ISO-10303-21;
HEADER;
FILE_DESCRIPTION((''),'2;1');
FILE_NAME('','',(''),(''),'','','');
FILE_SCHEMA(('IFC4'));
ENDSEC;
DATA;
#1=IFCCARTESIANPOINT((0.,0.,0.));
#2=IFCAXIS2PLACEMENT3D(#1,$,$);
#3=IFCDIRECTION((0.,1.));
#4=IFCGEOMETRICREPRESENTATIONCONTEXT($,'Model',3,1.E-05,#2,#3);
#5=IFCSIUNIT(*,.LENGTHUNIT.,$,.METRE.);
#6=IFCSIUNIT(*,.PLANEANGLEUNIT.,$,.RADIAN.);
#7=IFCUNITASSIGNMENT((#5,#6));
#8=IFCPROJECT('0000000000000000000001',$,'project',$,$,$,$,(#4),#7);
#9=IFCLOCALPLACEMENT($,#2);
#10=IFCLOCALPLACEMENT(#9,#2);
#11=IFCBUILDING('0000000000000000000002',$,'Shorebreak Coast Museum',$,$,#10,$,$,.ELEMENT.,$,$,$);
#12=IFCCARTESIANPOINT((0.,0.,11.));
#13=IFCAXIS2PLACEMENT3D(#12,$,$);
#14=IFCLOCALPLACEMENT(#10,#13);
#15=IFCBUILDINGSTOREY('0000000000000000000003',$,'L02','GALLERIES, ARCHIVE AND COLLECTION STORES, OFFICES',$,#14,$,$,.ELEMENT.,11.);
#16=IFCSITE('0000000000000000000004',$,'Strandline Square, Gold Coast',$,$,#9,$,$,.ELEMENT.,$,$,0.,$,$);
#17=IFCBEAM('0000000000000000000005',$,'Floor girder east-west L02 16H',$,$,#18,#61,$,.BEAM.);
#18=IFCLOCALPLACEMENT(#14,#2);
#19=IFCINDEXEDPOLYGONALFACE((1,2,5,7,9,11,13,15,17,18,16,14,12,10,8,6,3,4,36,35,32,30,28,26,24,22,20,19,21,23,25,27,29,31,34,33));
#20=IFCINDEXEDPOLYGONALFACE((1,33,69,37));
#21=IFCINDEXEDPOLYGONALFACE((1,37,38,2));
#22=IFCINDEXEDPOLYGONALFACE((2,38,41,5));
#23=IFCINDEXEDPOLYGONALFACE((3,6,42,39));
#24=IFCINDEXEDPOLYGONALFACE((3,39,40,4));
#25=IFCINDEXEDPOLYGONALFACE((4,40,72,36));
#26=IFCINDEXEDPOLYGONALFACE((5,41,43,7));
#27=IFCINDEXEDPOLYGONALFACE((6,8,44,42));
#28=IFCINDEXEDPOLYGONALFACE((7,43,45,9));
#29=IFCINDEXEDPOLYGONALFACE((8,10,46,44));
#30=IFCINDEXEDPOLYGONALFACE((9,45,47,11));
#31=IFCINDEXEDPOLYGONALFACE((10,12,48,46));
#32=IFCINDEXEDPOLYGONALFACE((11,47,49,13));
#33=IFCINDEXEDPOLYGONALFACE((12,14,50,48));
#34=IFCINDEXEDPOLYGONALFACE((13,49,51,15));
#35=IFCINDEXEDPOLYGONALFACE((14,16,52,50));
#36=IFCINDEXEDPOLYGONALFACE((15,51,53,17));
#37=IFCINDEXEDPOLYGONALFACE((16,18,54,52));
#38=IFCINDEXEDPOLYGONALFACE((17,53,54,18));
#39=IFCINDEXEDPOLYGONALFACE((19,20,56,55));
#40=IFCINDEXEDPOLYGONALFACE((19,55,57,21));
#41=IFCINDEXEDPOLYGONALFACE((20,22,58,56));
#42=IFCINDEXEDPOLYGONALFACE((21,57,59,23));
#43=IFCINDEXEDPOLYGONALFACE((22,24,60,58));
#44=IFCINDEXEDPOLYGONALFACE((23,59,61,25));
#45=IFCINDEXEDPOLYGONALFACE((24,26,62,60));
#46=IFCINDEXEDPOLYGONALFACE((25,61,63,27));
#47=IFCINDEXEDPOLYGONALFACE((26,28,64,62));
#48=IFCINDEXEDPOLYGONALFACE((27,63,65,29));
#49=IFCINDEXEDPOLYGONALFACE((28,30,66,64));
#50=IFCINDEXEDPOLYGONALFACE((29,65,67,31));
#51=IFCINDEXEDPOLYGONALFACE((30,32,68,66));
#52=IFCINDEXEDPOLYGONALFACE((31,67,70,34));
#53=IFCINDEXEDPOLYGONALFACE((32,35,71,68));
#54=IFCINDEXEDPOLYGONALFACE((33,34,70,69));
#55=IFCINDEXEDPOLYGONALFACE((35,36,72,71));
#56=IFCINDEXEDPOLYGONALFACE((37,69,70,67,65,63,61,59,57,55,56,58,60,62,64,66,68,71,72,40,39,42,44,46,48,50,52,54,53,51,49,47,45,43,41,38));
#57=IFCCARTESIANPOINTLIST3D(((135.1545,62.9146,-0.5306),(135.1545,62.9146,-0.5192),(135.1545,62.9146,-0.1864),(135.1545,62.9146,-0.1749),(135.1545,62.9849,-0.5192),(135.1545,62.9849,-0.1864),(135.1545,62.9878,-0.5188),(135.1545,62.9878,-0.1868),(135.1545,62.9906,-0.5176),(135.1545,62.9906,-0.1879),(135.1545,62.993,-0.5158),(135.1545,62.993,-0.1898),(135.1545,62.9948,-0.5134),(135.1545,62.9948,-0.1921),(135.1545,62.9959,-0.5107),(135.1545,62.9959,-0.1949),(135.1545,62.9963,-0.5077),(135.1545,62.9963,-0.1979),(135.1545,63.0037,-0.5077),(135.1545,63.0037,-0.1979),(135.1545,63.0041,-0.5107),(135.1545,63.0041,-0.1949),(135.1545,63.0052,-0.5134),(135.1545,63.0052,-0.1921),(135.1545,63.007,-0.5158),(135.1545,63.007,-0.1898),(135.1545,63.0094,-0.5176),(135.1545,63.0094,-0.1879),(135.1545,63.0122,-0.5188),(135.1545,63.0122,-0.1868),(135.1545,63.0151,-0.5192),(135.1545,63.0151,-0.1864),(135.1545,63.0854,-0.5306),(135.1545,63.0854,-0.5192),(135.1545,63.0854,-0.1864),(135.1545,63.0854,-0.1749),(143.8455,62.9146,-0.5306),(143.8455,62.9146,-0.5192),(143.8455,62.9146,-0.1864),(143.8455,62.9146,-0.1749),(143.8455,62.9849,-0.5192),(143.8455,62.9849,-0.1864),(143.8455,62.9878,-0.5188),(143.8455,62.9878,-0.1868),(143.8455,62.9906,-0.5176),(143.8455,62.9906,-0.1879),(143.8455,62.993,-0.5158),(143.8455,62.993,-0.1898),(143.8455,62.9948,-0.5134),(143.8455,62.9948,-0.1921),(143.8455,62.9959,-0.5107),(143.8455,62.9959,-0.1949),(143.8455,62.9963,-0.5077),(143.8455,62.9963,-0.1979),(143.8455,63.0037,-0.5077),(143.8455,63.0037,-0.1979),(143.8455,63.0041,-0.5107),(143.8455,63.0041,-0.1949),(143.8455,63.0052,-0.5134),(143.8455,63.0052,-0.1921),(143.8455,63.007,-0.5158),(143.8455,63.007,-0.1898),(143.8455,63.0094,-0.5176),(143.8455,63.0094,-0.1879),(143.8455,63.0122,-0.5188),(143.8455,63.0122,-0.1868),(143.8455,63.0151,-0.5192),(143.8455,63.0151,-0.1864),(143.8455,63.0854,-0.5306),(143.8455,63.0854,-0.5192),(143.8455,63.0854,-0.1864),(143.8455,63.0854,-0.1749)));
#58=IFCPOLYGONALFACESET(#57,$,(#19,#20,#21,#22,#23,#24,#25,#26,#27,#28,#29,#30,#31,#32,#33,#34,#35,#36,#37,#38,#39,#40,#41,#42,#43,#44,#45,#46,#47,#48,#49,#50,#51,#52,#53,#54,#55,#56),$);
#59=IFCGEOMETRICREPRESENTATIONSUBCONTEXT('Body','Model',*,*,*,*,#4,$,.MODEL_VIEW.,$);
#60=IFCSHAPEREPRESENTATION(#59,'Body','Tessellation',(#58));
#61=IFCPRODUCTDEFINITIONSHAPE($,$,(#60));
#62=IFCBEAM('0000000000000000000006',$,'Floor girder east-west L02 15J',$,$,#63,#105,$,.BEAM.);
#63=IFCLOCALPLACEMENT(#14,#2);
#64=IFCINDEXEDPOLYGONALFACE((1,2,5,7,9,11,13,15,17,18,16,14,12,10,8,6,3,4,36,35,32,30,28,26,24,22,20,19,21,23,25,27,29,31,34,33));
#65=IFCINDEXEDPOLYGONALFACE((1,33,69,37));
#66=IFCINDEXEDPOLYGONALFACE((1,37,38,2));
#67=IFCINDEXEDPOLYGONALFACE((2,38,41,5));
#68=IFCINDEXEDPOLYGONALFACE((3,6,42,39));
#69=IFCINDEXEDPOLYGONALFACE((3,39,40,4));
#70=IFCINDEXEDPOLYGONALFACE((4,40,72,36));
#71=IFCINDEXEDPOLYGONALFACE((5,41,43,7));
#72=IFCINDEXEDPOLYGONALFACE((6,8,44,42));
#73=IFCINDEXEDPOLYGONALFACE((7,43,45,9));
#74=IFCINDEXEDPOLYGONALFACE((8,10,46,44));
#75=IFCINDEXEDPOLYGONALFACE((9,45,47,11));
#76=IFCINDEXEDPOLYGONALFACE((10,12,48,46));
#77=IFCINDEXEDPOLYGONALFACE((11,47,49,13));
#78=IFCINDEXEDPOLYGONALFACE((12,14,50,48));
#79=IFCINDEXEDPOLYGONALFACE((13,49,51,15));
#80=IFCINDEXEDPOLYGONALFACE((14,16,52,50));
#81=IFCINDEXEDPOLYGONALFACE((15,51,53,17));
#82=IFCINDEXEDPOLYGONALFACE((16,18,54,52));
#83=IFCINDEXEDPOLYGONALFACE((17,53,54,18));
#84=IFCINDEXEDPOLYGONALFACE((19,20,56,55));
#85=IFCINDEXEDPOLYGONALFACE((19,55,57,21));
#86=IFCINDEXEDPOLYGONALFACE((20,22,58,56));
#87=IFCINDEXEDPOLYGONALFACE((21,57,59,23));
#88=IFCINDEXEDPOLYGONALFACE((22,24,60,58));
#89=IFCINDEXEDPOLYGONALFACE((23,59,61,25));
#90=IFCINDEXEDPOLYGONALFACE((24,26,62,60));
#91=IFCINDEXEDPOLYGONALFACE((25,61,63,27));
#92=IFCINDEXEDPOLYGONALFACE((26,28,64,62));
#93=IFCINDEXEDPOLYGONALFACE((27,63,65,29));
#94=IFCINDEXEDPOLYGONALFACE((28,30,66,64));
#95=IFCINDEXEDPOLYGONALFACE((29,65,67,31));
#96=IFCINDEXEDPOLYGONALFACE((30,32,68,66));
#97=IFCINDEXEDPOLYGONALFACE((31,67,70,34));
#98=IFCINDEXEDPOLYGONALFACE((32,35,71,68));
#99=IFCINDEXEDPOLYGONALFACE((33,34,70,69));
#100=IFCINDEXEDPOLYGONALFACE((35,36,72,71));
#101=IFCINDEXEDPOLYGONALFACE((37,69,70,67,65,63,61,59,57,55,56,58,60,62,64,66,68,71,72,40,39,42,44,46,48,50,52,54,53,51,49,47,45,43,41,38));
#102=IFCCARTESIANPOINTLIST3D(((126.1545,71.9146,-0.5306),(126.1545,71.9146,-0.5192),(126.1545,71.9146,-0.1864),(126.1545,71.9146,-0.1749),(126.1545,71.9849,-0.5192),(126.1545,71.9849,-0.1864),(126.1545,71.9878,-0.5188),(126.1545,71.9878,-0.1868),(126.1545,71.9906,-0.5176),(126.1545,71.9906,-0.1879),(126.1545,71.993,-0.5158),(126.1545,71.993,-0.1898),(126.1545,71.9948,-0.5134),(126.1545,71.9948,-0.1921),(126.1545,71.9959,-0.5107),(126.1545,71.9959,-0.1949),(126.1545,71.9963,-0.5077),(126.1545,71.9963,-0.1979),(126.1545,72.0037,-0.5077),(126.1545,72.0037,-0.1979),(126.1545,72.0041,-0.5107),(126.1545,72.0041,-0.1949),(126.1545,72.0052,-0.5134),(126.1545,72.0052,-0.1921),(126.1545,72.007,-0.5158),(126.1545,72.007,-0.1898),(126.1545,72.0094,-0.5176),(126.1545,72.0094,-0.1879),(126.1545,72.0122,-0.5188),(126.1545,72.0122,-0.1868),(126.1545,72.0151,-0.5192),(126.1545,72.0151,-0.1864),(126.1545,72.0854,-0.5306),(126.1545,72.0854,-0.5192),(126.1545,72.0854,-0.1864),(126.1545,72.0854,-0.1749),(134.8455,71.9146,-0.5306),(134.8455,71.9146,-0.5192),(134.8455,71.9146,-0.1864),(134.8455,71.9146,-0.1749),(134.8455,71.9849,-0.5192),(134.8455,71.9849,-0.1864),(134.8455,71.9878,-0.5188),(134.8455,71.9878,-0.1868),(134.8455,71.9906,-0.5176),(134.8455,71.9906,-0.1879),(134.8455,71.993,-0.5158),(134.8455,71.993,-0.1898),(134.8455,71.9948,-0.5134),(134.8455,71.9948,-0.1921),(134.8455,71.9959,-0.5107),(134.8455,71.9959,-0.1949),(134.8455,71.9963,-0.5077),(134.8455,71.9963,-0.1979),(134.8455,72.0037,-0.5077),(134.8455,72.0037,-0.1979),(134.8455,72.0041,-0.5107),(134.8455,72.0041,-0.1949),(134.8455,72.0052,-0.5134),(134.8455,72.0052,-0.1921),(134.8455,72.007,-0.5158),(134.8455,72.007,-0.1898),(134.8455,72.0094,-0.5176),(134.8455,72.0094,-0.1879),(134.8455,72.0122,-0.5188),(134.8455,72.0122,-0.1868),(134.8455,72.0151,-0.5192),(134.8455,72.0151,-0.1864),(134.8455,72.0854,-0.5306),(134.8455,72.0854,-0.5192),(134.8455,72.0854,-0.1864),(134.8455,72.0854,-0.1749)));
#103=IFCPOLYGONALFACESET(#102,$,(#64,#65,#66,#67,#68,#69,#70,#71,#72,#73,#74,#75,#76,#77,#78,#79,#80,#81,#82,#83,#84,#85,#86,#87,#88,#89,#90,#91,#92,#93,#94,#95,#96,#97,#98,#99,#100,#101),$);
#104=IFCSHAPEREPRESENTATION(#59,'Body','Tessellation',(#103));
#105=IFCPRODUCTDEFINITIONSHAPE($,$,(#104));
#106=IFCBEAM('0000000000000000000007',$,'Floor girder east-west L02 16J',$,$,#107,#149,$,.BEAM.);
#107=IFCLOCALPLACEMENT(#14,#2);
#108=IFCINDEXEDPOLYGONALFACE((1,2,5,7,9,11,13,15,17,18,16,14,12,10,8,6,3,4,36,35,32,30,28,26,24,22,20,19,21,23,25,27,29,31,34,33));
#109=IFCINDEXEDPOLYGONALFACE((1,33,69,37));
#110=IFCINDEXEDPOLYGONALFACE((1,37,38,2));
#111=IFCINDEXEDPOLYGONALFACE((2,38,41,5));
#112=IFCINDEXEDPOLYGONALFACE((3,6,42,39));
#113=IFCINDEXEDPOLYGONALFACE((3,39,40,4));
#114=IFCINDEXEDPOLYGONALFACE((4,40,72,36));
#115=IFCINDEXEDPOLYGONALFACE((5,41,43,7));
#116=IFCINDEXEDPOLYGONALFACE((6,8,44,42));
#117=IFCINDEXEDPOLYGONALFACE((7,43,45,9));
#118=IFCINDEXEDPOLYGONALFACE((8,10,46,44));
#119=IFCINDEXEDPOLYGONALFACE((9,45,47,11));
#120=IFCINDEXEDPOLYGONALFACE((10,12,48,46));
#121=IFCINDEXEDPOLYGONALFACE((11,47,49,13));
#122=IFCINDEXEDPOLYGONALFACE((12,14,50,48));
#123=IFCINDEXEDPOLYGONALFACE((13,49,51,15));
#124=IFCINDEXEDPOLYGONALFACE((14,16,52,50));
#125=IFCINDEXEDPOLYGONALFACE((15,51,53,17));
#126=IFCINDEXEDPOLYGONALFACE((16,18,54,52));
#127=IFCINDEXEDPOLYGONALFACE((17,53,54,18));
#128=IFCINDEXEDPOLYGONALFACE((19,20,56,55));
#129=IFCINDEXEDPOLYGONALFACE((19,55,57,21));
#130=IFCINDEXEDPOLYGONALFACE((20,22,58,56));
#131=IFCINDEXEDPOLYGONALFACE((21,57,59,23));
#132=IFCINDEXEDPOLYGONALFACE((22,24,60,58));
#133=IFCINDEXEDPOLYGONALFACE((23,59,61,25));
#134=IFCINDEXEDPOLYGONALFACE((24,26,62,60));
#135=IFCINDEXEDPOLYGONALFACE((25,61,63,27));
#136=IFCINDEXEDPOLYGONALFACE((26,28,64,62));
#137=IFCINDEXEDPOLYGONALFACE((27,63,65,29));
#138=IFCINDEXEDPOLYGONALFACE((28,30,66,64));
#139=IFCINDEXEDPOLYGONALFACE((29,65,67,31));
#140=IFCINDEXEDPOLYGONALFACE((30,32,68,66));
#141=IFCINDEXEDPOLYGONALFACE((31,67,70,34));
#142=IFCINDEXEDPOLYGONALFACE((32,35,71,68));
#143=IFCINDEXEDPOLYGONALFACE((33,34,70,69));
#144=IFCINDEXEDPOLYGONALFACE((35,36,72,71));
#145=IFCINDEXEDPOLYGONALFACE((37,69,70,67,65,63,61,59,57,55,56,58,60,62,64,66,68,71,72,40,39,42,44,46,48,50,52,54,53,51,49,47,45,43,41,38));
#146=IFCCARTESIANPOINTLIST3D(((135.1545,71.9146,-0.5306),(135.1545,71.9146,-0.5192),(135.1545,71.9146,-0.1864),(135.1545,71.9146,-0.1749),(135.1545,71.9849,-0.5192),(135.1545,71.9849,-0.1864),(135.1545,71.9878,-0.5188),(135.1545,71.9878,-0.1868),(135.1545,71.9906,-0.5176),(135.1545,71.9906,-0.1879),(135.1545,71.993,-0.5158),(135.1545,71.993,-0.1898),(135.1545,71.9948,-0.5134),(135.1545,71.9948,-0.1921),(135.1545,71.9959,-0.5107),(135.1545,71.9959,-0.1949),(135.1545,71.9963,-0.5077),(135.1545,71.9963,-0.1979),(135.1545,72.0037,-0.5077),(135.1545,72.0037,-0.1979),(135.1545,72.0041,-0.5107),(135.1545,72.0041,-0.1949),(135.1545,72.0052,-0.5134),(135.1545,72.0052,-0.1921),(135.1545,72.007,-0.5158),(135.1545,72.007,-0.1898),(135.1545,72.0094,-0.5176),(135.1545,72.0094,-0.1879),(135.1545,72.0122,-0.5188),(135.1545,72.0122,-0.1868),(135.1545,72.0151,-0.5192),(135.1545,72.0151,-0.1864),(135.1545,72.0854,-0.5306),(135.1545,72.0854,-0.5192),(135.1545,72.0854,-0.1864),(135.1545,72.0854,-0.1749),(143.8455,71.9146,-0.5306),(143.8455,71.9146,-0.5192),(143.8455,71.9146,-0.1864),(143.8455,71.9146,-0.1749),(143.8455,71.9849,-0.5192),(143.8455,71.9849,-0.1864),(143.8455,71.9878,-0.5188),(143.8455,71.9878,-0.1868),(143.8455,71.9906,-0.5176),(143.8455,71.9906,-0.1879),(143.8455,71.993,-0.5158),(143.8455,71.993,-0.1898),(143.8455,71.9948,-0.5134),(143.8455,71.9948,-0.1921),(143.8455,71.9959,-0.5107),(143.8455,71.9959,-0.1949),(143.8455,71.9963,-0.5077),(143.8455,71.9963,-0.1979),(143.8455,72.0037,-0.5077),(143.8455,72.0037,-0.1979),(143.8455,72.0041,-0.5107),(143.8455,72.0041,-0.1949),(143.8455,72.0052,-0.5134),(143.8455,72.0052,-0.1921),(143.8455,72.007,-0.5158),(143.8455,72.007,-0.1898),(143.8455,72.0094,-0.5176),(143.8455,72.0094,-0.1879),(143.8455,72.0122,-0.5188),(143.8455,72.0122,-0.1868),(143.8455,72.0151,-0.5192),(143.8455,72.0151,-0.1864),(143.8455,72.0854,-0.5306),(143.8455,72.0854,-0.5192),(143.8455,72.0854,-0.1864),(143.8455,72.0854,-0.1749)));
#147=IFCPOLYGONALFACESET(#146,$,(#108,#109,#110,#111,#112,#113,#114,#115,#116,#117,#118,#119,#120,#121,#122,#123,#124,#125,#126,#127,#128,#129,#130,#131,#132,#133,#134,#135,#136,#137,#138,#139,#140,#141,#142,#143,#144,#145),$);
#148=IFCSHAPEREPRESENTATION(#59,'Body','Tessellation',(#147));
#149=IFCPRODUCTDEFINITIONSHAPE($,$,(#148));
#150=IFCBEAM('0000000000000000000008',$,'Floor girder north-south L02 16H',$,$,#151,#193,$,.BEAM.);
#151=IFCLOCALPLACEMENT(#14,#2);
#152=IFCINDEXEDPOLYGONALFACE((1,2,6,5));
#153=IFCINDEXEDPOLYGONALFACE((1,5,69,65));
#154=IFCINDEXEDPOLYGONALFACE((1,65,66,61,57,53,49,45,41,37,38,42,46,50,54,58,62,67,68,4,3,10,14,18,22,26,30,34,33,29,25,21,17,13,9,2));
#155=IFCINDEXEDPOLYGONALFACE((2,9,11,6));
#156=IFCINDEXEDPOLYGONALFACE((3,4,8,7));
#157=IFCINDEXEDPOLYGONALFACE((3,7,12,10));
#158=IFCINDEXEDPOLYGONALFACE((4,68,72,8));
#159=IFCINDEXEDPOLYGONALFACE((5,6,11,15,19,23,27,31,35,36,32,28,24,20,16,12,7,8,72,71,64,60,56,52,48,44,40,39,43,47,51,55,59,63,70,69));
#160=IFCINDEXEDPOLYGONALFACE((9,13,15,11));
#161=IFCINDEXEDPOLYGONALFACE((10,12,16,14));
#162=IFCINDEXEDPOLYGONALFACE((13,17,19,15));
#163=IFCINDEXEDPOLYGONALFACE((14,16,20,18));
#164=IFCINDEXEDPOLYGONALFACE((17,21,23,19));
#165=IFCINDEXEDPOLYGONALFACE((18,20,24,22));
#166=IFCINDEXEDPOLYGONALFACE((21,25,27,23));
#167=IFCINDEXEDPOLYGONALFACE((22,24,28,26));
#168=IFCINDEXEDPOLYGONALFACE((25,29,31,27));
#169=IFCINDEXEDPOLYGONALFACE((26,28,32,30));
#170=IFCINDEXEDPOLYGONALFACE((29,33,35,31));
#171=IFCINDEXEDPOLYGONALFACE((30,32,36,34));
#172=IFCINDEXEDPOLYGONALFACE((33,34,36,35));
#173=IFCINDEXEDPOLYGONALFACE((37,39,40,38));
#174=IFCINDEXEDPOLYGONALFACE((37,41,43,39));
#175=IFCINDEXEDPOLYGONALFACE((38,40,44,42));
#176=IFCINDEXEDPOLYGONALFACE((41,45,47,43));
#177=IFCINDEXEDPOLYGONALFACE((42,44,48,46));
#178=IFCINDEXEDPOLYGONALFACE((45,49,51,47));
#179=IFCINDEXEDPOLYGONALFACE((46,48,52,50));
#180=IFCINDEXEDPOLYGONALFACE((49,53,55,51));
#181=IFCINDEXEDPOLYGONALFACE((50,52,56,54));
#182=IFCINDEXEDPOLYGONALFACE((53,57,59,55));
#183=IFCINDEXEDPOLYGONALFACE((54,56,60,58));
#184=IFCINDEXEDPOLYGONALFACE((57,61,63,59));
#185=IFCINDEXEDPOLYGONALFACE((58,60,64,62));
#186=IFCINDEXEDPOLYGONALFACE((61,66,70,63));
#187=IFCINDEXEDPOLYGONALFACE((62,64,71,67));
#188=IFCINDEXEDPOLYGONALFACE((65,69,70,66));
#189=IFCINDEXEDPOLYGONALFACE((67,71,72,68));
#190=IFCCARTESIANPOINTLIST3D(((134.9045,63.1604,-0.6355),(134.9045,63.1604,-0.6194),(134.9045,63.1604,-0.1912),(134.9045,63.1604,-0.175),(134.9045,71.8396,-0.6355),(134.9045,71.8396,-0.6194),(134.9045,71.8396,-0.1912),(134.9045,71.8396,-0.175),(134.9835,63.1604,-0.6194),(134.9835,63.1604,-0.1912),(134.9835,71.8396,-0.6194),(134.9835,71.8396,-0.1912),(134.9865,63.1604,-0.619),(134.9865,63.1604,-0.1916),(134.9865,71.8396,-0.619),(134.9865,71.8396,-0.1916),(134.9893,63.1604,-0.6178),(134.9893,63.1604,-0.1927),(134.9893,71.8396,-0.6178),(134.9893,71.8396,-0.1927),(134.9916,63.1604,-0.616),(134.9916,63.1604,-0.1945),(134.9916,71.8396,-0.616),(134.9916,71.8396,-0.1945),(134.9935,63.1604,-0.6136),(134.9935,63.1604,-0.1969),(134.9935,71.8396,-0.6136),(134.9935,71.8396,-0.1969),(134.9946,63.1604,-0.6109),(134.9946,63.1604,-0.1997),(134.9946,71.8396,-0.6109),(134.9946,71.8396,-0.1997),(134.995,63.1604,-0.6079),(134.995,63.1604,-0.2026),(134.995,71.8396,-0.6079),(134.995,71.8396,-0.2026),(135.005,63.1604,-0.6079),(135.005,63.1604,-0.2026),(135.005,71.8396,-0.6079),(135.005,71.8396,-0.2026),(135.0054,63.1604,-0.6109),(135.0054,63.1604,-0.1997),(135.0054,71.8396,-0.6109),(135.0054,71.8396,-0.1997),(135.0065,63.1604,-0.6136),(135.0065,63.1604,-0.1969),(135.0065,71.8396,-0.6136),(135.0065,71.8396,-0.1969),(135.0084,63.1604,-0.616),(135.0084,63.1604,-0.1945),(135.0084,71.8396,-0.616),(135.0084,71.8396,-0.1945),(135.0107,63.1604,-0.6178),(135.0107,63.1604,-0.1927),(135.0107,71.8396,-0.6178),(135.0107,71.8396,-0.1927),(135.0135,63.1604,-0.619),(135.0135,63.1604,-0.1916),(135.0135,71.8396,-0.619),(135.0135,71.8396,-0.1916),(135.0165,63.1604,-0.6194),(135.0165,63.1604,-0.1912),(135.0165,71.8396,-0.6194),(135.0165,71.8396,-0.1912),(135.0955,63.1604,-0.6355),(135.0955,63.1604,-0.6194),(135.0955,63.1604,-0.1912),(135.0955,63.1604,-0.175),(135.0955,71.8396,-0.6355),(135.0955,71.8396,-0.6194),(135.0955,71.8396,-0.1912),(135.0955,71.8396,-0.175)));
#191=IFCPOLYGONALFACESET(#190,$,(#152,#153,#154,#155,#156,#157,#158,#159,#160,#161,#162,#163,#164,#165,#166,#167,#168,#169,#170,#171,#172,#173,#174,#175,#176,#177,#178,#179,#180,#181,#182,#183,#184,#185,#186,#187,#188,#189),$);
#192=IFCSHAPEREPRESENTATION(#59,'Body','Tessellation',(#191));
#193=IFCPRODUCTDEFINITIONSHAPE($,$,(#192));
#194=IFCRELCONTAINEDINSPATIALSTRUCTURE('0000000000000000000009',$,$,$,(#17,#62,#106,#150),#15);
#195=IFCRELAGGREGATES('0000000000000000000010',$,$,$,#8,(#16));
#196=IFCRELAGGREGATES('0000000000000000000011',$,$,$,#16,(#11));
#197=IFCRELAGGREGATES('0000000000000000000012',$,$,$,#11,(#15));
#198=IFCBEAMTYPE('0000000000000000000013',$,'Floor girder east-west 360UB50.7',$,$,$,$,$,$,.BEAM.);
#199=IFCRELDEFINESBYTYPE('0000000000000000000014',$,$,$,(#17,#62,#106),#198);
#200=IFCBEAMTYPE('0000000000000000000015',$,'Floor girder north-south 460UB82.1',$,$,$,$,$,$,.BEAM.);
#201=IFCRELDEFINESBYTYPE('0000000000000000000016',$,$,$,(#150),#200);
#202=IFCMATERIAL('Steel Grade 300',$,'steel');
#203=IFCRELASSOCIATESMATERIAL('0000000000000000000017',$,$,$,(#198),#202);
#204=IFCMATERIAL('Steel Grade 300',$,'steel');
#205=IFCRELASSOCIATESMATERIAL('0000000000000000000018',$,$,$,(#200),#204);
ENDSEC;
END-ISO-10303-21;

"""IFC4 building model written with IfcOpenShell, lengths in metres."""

from ifc_helpers import new_model, si_unit, direction, frame, origin, origin_2d, place, context, subcontext, project, spatial, i_section, extrude, material, material_profile, profile_set, type_object, element, save


model = new_model("IFC4")

# Units and contexts
model_context = context("Model", 3, precision=1e-05, world=origin(), true_north=direction((0.0, 1.0)))
body_context = subcontext(model_context, "Body", "Model", "MODEL_VIEW")
ifc_project = project(units=[si_unit("LENGTHUNIT", "METRE"), si_unit("PLANEANGLEUNIT", "RADIAN")], contexts=[model_context])

# Site, building, storey
site_placement = place(None, origin())
site = spatial("IfcSite", under=ifc_project, at=site_placement, Name="Strandline Square, Gold Coast", CompositionType="ELEMENT", RefElevation=0.0)
building_placement = place(site_placement, origin())
building = spatial("IfcBuilding", under=site, at=building_placement, Name="Shorebreak Coast Museum", CompositionType="ELEMENT")
storey_placement = place(building_placement, frame((0.0, 0.0, 11.0)))
storey = spatial("IfcBuildingStorey", under=building, at=storey_placement, Name="L02", Description="GALLERIES, ARCHIVE AND COLLECTION STORES, OFFICES", CompositionType="ELEMENT", Elevation=11.0)

# Beams
ifc_material_1 = material(Name="Steel Grade 300", Category="steel")
ifc_material_profile_1 = material_profile(ifc_material_1, i_section(OverallWidth=0.1709, OverallDepth=0.3557, WebThickness=0.0073, FlangeThickness=0.0115, FilletRadius=0.0115, at=origin_2d()), Name="360UB50.7")
ifc_profile_set_1 = profile_set([ifc_material_profile_1], Name="Steel Grade 300")
beam_type_1 = type_object("IfcBeamType", Name="Floor girder east-west 360UB50.7", PredefinedType="BEAM", material=ifc_profile_set_1)
for number, where, z_axis, x_axis, name in (
    (1, (135.1545, 63.0, -0.3528), (1.0, 0.0, 0.0), (0.0, 1.0, 0.0), "Floor girder east-west L02 16H"),
    (2, (126.1545, 72.0, -0.3528), (1.0, 0.0, 0.0), (0.0, 1.0, 0.0), "Floor girder east-west L02 15J"),
    (3, (135.1545, 72.0, -0.3528), (1.0, 0.0, 0.0), (0.0, 1.0, 0.0), "Floor girder east-west L02 16J"),
):
    element("IfcBeam", number, at=place(storey_placement, frame(where, z_axis=z_axis, x_axis=x_axis)), inside=storey, type_object=beam_type_1, Name=name, PredefinedType="BEAM", context=body_context, shape_type="SweptSolid", body=[
        extrude(i_section(OverallWidth=0.1709, OverallDepth=0.3557, WebThickness=0.0073, FlangeThickness=0.0115, FilletRadius=0.0115, at=origin_2d()), origin(), (0.0, 0.0, 1.0), 8.6909),
    ])
ifc_material_2 = material(Name="Steel Grade 300", Category="steel")
ifc_material_profile_2 = material_profile(ifc_material_2, i_section(OverallWidth=0.1909, OverallDepth=0.4604, WebThickness=0.01, FlangeThickness=0.0161, FilletRadius=0.0115, at=origin_2d()), Name="460UB82.1")
ifc_profile_set_2 = profile_set([ifc_material_profile_2], Name="Steel Grade 300")
beam_type_2 = type_object("IfcBeamType", Name="Floor girder north-south 460UB82.1", PredefinedType="BEAM", material=ifc_profile_set_2)
for number, where, z_axis, x_axis, name in (
    (4, (135.0, 63.1604, -0.4053), (0.0, 1.0, 0.0), (-1.0, 0.0, 0.0), "Floor girder north-south L02 16H"),
):
    element("IfcBeam", number, at=place(storey_placement, frame(where, z_axis=z_axis, x_axis=x_axis)), inside=storey, type_object=beam_type_2, Name=name, PredefinedType="BEAM", context=body_context, shape_type="SweptSolid", body=[
        extrude(i_section(OverallWidth=0.1909, OverallDepth=0.4604, WebThickness=0.01, FlangeThickness=0.0161, FilletRadius=0.0115, at=origin_2d()), origin(), (0.0, 0.0, 1.0), 8.6792),
    ])

save(model, "model.ifc")
